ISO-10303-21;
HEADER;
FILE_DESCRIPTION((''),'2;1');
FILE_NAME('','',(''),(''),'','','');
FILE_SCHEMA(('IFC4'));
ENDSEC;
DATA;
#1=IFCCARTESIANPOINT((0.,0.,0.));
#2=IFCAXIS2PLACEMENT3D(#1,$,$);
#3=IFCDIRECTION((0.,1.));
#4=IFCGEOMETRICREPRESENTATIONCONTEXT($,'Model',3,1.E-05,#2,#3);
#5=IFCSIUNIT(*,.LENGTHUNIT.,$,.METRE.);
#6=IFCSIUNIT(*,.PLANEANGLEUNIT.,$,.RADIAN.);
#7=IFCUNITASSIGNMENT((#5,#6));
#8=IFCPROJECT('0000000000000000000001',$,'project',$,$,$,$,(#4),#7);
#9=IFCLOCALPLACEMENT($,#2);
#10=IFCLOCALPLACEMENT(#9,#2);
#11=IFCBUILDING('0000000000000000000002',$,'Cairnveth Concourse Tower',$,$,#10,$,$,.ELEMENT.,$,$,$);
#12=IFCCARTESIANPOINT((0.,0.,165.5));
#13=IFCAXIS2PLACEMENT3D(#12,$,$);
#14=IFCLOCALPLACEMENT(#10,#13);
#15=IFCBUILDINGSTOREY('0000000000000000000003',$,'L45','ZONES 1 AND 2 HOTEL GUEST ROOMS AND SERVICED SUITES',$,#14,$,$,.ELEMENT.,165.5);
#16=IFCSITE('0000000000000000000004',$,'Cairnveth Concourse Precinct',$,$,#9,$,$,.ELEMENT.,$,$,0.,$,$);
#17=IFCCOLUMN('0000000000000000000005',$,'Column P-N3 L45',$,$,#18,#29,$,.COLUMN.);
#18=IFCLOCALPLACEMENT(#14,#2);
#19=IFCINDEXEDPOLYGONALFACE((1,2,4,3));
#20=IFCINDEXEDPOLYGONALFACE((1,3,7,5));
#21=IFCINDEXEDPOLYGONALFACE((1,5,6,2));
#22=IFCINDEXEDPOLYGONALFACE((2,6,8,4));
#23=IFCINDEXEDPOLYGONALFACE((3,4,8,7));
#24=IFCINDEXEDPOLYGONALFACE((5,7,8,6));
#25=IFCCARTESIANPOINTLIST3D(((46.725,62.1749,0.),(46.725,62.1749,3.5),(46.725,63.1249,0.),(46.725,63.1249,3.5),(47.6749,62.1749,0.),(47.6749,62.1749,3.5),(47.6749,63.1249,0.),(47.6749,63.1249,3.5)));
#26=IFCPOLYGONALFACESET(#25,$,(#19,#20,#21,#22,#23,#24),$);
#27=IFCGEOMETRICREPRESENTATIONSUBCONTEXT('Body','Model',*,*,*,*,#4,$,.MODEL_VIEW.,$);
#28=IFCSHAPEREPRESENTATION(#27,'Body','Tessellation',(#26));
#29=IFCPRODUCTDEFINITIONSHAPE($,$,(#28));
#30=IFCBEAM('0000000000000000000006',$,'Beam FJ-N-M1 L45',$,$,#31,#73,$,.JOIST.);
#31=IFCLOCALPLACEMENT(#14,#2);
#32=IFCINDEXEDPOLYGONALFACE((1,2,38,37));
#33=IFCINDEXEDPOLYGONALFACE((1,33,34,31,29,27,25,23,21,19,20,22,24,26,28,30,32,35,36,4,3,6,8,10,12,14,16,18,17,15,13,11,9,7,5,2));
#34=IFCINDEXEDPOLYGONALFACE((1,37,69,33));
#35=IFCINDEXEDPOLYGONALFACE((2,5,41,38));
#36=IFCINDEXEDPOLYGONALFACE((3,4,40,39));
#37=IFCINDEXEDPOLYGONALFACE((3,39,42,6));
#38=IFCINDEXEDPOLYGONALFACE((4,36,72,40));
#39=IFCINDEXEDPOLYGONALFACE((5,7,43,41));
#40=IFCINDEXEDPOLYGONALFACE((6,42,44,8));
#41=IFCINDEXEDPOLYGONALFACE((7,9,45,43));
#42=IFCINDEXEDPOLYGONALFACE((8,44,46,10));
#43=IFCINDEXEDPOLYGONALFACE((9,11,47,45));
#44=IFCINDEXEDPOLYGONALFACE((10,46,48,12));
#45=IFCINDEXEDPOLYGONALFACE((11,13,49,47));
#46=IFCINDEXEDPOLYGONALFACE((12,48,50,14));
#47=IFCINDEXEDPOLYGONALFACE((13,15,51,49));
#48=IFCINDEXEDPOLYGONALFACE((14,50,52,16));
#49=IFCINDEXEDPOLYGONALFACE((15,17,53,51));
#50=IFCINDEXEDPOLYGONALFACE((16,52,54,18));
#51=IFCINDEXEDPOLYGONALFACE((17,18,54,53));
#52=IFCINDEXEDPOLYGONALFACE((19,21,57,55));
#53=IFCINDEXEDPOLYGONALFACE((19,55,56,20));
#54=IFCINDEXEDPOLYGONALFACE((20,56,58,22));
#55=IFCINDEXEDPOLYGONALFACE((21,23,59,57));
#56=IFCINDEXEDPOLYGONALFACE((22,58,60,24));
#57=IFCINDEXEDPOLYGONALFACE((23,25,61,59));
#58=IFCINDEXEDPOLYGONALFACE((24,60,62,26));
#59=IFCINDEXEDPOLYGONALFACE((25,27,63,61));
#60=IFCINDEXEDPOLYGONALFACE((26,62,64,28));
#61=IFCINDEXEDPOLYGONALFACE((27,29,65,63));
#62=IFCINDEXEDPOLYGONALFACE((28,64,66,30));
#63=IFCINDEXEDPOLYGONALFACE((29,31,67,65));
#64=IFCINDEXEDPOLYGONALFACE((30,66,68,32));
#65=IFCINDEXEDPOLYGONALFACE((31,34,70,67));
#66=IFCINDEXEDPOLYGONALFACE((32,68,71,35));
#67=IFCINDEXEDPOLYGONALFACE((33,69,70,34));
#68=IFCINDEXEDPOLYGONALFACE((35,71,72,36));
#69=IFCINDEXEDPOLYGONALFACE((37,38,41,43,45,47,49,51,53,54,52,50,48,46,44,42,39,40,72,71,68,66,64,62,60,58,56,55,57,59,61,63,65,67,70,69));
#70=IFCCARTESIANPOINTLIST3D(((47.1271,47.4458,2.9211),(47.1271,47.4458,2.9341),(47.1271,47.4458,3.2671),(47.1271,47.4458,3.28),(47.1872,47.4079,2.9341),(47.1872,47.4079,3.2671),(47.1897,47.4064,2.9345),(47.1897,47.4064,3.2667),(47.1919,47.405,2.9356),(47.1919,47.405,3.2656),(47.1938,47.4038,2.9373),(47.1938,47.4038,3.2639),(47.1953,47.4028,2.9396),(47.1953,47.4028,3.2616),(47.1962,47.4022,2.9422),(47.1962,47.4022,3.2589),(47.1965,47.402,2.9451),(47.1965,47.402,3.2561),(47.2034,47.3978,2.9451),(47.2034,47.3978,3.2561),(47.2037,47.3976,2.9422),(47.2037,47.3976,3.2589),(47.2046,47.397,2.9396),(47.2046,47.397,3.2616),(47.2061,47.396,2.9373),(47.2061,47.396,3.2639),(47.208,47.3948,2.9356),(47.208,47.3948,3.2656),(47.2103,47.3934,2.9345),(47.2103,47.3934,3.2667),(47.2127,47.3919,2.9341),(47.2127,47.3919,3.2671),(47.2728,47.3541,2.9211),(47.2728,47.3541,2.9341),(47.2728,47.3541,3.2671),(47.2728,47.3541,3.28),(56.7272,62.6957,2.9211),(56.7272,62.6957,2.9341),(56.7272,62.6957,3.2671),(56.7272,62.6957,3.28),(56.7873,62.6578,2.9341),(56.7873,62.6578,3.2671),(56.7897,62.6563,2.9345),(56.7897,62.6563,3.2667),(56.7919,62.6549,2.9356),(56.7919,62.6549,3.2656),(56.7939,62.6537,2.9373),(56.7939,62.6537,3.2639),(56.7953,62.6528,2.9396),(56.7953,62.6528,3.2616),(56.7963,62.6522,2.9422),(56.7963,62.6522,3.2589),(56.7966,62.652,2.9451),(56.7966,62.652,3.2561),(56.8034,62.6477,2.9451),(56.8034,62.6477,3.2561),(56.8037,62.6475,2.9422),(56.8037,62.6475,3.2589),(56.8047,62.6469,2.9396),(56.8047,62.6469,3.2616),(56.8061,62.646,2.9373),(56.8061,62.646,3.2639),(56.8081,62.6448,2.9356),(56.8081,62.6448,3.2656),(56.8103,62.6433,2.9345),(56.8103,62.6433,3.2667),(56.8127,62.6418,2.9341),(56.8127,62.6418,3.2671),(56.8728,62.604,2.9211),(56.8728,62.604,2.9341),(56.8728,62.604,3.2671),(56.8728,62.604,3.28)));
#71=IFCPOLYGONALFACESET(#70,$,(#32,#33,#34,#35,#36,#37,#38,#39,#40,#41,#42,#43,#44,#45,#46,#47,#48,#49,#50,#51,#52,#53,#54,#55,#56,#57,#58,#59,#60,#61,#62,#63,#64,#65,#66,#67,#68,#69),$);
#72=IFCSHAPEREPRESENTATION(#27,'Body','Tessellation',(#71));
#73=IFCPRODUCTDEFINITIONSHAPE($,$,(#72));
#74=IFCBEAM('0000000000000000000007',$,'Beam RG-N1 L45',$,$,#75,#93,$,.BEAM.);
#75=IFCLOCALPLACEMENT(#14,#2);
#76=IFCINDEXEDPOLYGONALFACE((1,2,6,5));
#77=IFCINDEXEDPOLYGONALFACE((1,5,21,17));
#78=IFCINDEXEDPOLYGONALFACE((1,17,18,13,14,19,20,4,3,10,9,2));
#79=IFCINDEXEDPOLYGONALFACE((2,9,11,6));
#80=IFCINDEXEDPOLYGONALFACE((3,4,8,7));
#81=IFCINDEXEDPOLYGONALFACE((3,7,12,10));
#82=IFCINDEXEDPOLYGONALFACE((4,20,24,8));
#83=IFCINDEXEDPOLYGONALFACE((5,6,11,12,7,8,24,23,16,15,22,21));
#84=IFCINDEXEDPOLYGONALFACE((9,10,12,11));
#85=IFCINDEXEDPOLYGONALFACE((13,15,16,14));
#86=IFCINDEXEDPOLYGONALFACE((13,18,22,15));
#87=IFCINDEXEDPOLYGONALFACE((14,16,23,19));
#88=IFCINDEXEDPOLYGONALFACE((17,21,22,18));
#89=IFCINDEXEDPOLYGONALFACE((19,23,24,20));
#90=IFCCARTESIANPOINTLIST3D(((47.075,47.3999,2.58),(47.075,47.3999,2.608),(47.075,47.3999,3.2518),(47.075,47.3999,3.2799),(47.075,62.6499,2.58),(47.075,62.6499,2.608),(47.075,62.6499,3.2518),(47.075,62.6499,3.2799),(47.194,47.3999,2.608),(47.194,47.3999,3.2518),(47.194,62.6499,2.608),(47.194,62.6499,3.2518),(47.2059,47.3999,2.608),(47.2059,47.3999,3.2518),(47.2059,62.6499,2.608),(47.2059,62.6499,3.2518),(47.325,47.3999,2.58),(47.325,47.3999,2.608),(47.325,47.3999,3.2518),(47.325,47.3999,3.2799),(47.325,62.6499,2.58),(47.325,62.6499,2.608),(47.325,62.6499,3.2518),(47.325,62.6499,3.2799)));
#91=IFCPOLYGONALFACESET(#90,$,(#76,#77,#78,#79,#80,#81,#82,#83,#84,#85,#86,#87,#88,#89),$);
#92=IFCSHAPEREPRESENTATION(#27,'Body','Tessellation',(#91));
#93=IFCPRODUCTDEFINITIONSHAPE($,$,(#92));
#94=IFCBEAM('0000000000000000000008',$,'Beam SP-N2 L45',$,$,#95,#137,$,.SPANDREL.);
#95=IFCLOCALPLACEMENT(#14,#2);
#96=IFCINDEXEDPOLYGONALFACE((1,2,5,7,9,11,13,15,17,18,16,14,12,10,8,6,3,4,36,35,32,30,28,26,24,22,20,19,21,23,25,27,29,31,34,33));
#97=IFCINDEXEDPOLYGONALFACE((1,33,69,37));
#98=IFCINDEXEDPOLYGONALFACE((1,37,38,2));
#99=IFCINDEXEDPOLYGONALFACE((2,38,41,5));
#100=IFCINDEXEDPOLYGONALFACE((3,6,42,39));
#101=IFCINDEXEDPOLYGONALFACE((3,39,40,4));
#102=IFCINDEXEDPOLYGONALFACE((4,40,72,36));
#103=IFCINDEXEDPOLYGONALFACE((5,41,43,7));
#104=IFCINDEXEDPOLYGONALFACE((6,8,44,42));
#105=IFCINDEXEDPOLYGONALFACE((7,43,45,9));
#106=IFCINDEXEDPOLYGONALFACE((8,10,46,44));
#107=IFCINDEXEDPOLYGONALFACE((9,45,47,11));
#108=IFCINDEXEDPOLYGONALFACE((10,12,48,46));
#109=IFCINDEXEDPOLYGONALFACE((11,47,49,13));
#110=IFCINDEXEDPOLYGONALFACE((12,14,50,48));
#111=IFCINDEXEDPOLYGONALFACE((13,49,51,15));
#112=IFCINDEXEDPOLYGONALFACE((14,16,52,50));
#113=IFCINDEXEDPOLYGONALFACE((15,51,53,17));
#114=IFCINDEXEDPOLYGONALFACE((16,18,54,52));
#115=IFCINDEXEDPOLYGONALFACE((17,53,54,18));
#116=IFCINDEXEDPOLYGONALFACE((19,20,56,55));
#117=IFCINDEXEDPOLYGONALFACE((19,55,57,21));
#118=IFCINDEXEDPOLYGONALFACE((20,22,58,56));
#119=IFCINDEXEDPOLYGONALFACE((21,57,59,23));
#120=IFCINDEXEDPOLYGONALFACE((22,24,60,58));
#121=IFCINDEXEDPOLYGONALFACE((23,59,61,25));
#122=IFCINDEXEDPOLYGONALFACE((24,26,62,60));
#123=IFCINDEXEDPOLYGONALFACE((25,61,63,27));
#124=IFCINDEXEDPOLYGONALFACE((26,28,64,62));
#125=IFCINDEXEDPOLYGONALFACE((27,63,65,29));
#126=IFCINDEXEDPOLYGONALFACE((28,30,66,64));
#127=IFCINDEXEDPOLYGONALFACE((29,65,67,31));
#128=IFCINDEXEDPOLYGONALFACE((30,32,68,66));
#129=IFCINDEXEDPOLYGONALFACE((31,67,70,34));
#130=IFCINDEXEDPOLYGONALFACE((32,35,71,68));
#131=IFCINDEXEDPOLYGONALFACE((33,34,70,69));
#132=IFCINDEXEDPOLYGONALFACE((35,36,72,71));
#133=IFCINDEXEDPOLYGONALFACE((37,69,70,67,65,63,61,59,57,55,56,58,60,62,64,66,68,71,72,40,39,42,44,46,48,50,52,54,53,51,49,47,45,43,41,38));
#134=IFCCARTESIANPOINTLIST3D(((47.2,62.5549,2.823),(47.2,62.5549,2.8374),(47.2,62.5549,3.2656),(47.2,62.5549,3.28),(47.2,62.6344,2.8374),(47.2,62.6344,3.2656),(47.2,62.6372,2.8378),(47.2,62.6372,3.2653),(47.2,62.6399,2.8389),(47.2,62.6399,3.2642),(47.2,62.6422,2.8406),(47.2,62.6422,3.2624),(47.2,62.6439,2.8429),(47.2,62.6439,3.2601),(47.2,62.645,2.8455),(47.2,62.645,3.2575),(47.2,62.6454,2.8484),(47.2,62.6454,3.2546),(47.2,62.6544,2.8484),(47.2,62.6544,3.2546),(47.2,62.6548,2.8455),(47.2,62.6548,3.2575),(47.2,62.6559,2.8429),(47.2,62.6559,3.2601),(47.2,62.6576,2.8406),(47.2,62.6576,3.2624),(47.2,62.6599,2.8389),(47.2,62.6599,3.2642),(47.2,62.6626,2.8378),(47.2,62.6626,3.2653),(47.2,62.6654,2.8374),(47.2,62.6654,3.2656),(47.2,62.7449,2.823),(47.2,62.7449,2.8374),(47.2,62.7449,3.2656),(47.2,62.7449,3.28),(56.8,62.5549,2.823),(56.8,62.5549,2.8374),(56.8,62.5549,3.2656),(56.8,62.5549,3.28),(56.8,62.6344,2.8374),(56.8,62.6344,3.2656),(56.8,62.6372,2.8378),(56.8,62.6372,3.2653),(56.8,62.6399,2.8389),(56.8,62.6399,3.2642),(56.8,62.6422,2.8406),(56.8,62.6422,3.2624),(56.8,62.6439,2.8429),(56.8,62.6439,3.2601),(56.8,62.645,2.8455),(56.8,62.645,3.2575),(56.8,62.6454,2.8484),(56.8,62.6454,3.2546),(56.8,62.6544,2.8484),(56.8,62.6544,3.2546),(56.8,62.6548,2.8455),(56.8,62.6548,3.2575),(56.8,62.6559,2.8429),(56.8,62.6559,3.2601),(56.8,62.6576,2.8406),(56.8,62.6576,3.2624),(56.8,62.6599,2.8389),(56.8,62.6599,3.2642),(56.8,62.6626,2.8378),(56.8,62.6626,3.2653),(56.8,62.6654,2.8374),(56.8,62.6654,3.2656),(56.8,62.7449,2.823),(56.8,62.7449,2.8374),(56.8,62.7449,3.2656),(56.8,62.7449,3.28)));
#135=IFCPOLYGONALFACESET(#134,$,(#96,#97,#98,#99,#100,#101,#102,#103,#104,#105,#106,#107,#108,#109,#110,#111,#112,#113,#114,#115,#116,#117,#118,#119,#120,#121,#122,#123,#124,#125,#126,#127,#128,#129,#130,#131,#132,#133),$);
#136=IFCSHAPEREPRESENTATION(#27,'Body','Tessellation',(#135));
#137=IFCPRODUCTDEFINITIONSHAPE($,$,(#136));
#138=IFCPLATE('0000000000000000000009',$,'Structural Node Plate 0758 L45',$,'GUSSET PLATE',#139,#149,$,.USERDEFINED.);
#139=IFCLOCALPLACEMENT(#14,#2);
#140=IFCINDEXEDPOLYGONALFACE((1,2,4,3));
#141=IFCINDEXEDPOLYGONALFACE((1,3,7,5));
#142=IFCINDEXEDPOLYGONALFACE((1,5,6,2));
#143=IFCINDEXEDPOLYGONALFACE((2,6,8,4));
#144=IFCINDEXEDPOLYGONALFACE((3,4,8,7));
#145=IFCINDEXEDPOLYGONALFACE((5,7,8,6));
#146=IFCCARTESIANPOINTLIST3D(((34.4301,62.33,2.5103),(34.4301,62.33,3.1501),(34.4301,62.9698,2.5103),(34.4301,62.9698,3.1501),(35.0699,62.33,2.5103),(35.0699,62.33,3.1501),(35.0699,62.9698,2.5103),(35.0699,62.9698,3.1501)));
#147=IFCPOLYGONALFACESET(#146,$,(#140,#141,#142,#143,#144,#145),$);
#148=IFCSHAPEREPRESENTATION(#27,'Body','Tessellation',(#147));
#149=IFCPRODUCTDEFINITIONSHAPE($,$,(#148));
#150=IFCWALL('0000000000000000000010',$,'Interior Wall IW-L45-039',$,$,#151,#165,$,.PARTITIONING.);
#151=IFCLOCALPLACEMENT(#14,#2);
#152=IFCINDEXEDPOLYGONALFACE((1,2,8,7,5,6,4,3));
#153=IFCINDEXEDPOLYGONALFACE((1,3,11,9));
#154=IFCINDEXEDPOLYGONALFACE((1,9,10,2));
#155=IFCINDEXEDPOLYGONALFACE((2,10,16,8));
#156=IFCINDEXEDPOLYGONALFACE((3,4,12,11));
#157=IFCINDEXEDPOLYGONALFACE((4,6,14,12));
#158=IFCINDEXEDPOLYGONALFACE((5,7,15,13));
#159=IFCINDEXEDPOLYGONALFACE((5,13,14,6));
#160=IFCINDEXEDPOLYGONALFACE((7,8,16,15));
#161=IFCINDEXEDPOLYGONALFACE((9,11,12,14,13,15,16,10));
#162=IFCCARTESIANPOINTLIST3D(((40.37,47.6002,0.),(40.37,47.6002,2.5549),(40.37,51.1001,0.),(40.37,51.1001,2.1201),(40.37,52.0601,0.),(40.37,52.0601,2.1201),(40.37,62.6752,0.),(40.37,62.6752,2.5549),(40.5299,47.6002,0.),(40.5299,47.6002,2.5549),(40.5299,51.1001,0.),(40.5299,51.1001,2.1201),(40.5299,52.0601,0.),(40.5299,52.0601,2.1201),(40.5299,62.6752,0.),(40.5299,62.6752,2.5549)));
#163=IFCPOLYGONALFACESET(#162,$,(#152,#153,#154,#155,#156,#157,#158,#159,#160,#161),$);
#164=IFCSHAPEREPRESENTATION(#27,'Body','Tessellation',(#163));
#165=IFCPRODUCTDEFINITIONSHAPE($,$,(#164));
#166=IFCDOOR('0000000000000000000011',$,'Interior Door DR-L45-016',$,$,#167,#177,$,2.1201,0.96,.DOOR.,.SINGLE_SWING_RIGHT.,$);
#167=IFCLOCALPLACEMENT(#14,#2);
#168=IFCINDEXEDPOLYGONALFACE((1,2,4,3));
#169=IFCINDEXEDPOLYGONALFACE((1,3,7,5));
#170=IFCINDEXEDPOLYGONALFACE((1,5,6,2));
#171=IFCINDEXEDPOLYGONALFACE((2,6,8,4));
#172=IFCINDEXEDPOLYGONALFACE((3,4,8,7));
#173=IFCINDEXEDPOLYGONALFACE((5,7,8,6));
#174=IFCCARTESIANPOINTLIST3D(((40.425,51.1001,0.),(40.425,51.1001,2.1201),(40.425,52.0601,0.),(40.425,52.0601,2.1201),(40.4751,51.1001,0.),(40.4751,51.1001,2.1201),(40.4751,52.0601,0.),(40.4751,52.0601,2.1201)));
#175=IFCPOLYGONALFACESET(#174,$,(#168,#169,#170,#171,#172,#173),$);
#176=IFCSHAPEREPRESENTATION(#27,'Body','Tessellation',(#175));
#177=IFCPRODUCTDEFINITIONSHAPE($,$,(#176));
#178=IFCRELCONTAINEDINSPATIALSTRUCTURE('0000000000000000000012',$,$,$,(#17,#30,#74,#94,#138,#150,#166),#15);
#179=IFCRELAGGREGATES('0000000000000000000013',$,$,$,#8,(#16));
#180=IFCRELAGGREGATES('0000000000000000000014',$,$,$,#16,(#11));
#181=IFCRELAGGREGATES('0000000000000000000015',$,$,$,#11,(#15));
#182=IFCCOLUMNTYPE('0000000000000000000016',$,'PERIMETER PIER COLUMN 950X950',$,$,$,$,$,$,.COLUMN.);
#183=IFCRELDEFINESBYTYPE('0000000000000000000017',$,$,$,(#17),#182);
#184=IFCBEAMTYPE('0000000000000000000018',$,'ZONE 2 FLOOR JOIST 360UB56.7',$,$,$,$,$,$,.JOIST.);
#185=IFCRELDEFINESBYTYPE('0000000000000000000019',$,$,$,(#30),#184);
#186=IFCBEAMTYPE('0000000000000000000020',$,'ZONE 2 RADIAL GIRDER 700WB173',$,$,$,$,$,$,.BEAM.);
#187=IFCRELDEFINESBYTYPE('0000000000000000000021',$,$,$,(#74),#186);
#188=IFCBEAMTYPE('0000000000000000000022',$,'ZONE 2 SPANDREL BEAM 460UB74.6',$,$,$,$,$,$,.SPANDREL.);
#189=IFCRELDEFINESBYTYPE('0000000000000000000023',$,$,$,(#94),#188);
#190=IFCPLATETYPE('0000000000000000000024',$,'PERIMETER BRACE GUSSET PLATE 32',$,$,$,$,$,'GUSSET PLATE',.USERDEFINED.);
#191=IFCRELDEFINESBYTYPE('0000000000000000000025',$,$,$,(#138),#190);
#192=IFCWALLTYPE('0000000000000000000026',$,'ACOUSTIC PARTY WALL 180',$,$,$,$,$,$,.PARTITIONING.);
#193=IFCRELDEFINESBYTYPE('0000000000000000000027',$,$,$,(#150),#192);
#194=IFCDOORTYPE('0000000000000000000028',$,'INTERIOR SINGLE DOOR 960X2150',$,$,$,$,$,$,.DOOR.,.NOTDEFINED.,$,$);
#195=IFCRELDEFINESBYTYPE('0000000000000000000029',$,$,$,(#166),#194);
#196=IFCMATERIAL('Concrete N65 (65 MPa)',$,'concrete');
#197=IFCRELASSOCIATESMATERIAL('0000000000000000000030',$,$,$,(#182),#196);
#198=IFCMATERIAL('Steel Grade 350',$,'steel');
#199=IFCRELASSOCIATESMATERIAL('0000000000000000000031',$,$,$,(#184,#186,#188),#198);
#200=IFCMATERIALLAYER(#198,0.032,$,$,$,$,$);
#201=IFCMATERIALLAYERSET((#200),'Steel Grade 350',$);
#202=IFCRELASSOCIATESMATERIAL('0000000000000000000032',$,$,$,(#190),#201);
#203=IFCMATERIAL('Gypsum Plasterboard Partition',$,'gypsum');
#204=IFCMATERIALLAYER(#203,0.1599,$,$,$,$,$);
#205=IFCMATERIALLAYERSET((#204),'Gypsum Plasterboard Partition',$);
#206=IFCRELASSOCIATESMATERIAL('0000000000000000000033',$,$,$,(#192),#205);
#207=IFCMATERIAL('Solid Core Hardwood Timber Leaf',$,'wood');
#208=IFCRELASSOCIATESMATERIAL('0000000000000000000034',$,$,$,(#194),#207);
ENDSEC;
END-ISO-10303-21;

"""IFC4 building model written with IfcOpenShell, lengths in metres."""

from ifc_helpers import new_model, si_unit, direction, frame, frame_2d, origin, origin_2d, place, context, subcontext, project, spatial, rectangle, i_section, extrude, material, layer, layer_set, material_profile, profile_set, type_object, element, fill, save


model = new_model("IFC4")

# Units and contexts
model_context = context("Model", 3, precision=1e-05, world=origin(), true_north=direction((0.0, 1.0)))
body_context = subcontext(model_context, "Body", "Model", "MODEL_VIEW")
ifc_project = project(units=[si_unit("LENGTHUNIT", "METRE"), si_unit("PLANEANGLEUNIT", "RADIAN")], contexts=[model_context])

# Site, building, storey
site_placement = place(None, origin())
site = spatial("IfcSite", under=ifc_project, at=site_placement, Name="Cairnveth Concourse Precinct", CompositionType="ELEMENT", RefElevation=0.0)
building_placement = place(site_placement, origin())
building = spatial("IfcBuilding", under=site, at=building_placement, Name="Cairnveth Concourse Tower", CompositionType="ELEMENT")
storey_placement = place(building_placement, frame((0.0, 0.0, 165.5)))
storey = spatial("IfcBuildingStorey", under=building, at=storey_placement, Name="L45", Description="ZONES 1 AND 2 HOTEL GUEST ROOMS AND SERVICED SUITES", CompositionType="ELEMENT", Elevation=165.5)

# Column
ifc_material_1 = material(Name="Concrete N65 (65 MPa)", Category="concrete")
ifc_material_profile_1 = material_profile(ifc_material_1, rectangle(XDim=0.95, YDim=0.95, at=origin_2d()), Name="RC-COL-950x950")
ifc_profile_set_1 = profile_set([ifc_material_profile_1], Name="Concrete N65 (65 MPa)")
column_type = type_object("IfcColumnType", Name="PERIMETER PIER COLUMN 950X950", PredefinedType="COLUMN", material=ifc_profile_set_1)
column_placement = place(storey_placement, frame((47.2, 62.6499, 0.0), z_axis=(0.0, 0.0, 1.0), x_axis=(1.0, 0.0, 0.0)))
element("IfcColumn", 1, at=column_placement, inside=storey, type_object=column_type, Name="Column P-N3 L45", PredefinedType="COLUMN", context=body_context, shape_type="SweptSolid", body=[
    extrude(rectangle(XDim=0.95, YDim=0.95, at=origin_2d()), origin(), (0.0, 0.0, 1.0), 3.5),
])

# Beams
ifc_material_2 = material(Name="Steel Grade 350", Category="steel")
ifc_material_profile_2 = material_profile(ifc_material_2, i_section(OverallWidth=0.1721, OverallDepth=0.3589, WebThickness=0.0081, FlangeThickness=0.0129, FilletRadius=0.011, at=origin_2d()), Name="360UB56.7")
ifc_profile_set_2 = profile_set([ifc_material_profile_2], Name="Steel Grade 350")
beam_type_1 = type_object("IfcBeamType", Name="ZONE 2 FLOOR JOIST 360UB56.7", PredefinedType="JOIST", material=ifc_profile_set_2)
beam_1_placement = place(storey_placement, frame((47.2, 47.3999, 3.1006), z_axis=(0.532744, 0.846277, 0.0), x_axis=(-0.846277, 0.532744, 0.0)))
element("IfcBeam", 2, at=beam_1_placement, inside=storey, type_object=beam_type_1, Name="Beam FJ-N-M1 L45", PredefinedType="JOIST", context=body_context, shape_type="SweptSolid", body=[
    extrude(i_section(OverallWidth=0.1721, OverallDepth=0.3589, WebThickness=0.0081, FlangeThickness=0.0129, FilletRadius=0.011, at=origin_2d()), origin(), (0.0, 0.0, 1.0), 18.02),
])
ifc_material_profile_3 = material_profile(ifc_material_2, i_section(OverallWidth=0.25, OverallDepth=0.7, WebThickness=0.012, FlangeThickness=0.0281, at=origin_2d()), Name="700WB173")
ifc_profile_set_3 = profile_set([ifc_material_profile_3], Name="Steel Grade 350")
beam_type_2 = type_object("IfcBeamType", Name="ZONE 2 RADIAL GIRDER 700WB173", PredefinedType="BEAM", material=ifc_profile_set_3)
beam_2_placement = place(storey_placement, frame((47.2, 47.3999, 2.9299), z_axis=(0.0, 1.0, 0.0), x_axis=(-1.0, 0.0, 0.0)))
element("IfcBeam", 3, at=beam_2_placement, inside=storey, type_object=beam_type_2, Name="Beam RG-N1 L45", PredefinedType="BEAM", context=body_context, shape_type="SweptSolid", body=[
    extrude(i_section(OverallWidth=0.25, OverallDepth=0.7, WebThickness=0.012, FlangeThickness=0.0281, at=origin_2d()), origin(), (0.0, 0.0, 1.0), 15.25),
])
ifc_material_profile_4 = material_profile(ifc_material_2, i_section(OverallWidth=0.1899, OverallDepth=0.457, WebThickness=0.009, FlangeThickness=0.0144, FilletRadius=0.011, at=origin_2d()), Name="460UB74.6")
ifc_profile_set_4 = profile_set([ifc_material_profile_4], Name="Steel Grade 350")
beam_type_3 = type_object("IfcBeamType", Name="ZONE 2 SPANDREL BEAM 460UB74.6", PredefinedType="SPANDREL", material=ifc_profile_set_4)
beam_3_placement = place(storey_placement, frame((47.2, 62.6499, 3.0515), z_axis=(1.0, 0.0, 0.0), x_axis=(0.0, 1.0, 0.0)))
element("IfcBeam", 4, at=beam_3_placement, inside=storey, type_object=beam_type_3, Name="Beam SP-N2 L45", PredefinedType="SPANDREL", context=body_context, shape_type="SweptSolid", body=[
    extrude(i_section(OverallWidth=0.1899, OverallDepth=0.457, WebThickness=0.009, FlangeThickness=0.0144, FilletRadius=0.011, at=origin_2d()), origin(), (0.0, 0.0, 1.0), 9.6001),
])

# Plate
ifc_layer_1 = layer(ifc_material_2, 0.032)
ifc_layer_set_1 = layer_set([ifc_layer_1], Name="Steel Grade 350")
plate_type = type_object("IfcPlateType", Name="PERIMETER BRACE GUSSET PLATE 32", ElementType="GUSSET PLATE", PredefinedType="USERDEFINED", material=ifc_layer_set_1)
plate_placement = place(storey_placement, frame((34.75, 62.6499, 2.5103), z_axis=(0.0, 0.0, 1.0), x_axis=(1.0, 0.0, 0.0)))
element("IfcPlate", 5, at=plate_placement, inside=storey, type_object=plate_type, Name="Structural Node Plate 0758 L45", ObjectType="GUSSET PLATE", PredefinedType="USERDEFINED", context=body_context, shape_type="SweptSolid", body=[
    extrude(rectangle(XDim=0.6399, YDim=0.6399, at=origin_2d()), origin(), (0.0, 0.0, 1.0), 0.6399),
])

# Wall, opening, door
ifc_material_3 = material(Name="Gypsum Plasterboard Partition", Category="gypsum")
ifc_layer_2 = layer(ifc_material_3, 0.1599)
ifc_layer_set_2 = layer_set([ifc_layer_2], Name="Gypsum Plasterboard Partition")
wall_type_1 = type_object("IfcWallType", Name="ACOUSTIC PARTY WALL 180", PredefinedType="PARTITIONING", material=ifc_layer_set_2)
wall_1_placement = place(storey_placement, frame((40.45, 47.6001, 0.0), z_axis=(0.0, 0.0, 1.0), x_axis=(0.0, 1.0, 0.0)))
wall_1 = element("IfcWall", 6, at=wall_1_placement, inside=storey, type_object=wall_type_1, Name="Interior Wall IW-L45-039", PredefinedType="PARTITIONING", context=body_context, shape_type="SweptSolid", body=[
    extrude(rectangle(XDim=15.075, YDim=0.1599, at=frame_2d((7.5376, 0.0))), origin(), (0.0, 0.0, 1.0), 2.5549),
])
opening_placement = place(wall_1_placement, frame((3.5, 0.0, 0.0)))
opening = element("IfcOpeningElement", 7, at=opening_placement, cuts=wall_1, PredefinedType="OPENING", context=body_context, shape_type="SweptSolid", body=[
    extrude(rectangle(XDim=0.96, YDim=2.1201, at=frame_2d((0.48, 1.0601))), frame((0.0, 0.0898, 0.0), z_axis=(0.0, -1.0, 0.0), x_axis=(1.0, 0.0, 0.0)), (0.0, 0.0, 1.0), 0.1799),
])
ifc_material_4 = material(Name="Solid Core Hardwood Timber Leaf", Category="wood")
door_type = type_object("IfcDoorType", Name="INTERIOR SINGLE DOOR 960X2150", OperationType="NOTDEFINED", PredefinedType="DOOR", material=ifc_material_4)
door_placement = place(opening_placement, origin())
door = element("IfcDoor", 8, at=door_placement, inside=storey, type_object=door_type, Name="Interior Door DR-L45-016", OperationType="SINGLE_SWING_RIGHT", OverallHeight=2.1201, OverallWidth=0.96, PredefinedType="DOOR", context=body_context, shape_type="SweptSolid", body=[
    extrude(rectangle(XDim=0.96, YDim=2.1201, at=frame_2d((0.48, 1.0601))), frame((0.0, 0.0249, 0.0), z_axis=(0.0, -1.0, 0.0), x_axis=(1.0, 0.0, 0.0)), (0.0, 0.0, 1.0), 0.05),
])
fill(opening, door)

save(model, "model.ifc")
